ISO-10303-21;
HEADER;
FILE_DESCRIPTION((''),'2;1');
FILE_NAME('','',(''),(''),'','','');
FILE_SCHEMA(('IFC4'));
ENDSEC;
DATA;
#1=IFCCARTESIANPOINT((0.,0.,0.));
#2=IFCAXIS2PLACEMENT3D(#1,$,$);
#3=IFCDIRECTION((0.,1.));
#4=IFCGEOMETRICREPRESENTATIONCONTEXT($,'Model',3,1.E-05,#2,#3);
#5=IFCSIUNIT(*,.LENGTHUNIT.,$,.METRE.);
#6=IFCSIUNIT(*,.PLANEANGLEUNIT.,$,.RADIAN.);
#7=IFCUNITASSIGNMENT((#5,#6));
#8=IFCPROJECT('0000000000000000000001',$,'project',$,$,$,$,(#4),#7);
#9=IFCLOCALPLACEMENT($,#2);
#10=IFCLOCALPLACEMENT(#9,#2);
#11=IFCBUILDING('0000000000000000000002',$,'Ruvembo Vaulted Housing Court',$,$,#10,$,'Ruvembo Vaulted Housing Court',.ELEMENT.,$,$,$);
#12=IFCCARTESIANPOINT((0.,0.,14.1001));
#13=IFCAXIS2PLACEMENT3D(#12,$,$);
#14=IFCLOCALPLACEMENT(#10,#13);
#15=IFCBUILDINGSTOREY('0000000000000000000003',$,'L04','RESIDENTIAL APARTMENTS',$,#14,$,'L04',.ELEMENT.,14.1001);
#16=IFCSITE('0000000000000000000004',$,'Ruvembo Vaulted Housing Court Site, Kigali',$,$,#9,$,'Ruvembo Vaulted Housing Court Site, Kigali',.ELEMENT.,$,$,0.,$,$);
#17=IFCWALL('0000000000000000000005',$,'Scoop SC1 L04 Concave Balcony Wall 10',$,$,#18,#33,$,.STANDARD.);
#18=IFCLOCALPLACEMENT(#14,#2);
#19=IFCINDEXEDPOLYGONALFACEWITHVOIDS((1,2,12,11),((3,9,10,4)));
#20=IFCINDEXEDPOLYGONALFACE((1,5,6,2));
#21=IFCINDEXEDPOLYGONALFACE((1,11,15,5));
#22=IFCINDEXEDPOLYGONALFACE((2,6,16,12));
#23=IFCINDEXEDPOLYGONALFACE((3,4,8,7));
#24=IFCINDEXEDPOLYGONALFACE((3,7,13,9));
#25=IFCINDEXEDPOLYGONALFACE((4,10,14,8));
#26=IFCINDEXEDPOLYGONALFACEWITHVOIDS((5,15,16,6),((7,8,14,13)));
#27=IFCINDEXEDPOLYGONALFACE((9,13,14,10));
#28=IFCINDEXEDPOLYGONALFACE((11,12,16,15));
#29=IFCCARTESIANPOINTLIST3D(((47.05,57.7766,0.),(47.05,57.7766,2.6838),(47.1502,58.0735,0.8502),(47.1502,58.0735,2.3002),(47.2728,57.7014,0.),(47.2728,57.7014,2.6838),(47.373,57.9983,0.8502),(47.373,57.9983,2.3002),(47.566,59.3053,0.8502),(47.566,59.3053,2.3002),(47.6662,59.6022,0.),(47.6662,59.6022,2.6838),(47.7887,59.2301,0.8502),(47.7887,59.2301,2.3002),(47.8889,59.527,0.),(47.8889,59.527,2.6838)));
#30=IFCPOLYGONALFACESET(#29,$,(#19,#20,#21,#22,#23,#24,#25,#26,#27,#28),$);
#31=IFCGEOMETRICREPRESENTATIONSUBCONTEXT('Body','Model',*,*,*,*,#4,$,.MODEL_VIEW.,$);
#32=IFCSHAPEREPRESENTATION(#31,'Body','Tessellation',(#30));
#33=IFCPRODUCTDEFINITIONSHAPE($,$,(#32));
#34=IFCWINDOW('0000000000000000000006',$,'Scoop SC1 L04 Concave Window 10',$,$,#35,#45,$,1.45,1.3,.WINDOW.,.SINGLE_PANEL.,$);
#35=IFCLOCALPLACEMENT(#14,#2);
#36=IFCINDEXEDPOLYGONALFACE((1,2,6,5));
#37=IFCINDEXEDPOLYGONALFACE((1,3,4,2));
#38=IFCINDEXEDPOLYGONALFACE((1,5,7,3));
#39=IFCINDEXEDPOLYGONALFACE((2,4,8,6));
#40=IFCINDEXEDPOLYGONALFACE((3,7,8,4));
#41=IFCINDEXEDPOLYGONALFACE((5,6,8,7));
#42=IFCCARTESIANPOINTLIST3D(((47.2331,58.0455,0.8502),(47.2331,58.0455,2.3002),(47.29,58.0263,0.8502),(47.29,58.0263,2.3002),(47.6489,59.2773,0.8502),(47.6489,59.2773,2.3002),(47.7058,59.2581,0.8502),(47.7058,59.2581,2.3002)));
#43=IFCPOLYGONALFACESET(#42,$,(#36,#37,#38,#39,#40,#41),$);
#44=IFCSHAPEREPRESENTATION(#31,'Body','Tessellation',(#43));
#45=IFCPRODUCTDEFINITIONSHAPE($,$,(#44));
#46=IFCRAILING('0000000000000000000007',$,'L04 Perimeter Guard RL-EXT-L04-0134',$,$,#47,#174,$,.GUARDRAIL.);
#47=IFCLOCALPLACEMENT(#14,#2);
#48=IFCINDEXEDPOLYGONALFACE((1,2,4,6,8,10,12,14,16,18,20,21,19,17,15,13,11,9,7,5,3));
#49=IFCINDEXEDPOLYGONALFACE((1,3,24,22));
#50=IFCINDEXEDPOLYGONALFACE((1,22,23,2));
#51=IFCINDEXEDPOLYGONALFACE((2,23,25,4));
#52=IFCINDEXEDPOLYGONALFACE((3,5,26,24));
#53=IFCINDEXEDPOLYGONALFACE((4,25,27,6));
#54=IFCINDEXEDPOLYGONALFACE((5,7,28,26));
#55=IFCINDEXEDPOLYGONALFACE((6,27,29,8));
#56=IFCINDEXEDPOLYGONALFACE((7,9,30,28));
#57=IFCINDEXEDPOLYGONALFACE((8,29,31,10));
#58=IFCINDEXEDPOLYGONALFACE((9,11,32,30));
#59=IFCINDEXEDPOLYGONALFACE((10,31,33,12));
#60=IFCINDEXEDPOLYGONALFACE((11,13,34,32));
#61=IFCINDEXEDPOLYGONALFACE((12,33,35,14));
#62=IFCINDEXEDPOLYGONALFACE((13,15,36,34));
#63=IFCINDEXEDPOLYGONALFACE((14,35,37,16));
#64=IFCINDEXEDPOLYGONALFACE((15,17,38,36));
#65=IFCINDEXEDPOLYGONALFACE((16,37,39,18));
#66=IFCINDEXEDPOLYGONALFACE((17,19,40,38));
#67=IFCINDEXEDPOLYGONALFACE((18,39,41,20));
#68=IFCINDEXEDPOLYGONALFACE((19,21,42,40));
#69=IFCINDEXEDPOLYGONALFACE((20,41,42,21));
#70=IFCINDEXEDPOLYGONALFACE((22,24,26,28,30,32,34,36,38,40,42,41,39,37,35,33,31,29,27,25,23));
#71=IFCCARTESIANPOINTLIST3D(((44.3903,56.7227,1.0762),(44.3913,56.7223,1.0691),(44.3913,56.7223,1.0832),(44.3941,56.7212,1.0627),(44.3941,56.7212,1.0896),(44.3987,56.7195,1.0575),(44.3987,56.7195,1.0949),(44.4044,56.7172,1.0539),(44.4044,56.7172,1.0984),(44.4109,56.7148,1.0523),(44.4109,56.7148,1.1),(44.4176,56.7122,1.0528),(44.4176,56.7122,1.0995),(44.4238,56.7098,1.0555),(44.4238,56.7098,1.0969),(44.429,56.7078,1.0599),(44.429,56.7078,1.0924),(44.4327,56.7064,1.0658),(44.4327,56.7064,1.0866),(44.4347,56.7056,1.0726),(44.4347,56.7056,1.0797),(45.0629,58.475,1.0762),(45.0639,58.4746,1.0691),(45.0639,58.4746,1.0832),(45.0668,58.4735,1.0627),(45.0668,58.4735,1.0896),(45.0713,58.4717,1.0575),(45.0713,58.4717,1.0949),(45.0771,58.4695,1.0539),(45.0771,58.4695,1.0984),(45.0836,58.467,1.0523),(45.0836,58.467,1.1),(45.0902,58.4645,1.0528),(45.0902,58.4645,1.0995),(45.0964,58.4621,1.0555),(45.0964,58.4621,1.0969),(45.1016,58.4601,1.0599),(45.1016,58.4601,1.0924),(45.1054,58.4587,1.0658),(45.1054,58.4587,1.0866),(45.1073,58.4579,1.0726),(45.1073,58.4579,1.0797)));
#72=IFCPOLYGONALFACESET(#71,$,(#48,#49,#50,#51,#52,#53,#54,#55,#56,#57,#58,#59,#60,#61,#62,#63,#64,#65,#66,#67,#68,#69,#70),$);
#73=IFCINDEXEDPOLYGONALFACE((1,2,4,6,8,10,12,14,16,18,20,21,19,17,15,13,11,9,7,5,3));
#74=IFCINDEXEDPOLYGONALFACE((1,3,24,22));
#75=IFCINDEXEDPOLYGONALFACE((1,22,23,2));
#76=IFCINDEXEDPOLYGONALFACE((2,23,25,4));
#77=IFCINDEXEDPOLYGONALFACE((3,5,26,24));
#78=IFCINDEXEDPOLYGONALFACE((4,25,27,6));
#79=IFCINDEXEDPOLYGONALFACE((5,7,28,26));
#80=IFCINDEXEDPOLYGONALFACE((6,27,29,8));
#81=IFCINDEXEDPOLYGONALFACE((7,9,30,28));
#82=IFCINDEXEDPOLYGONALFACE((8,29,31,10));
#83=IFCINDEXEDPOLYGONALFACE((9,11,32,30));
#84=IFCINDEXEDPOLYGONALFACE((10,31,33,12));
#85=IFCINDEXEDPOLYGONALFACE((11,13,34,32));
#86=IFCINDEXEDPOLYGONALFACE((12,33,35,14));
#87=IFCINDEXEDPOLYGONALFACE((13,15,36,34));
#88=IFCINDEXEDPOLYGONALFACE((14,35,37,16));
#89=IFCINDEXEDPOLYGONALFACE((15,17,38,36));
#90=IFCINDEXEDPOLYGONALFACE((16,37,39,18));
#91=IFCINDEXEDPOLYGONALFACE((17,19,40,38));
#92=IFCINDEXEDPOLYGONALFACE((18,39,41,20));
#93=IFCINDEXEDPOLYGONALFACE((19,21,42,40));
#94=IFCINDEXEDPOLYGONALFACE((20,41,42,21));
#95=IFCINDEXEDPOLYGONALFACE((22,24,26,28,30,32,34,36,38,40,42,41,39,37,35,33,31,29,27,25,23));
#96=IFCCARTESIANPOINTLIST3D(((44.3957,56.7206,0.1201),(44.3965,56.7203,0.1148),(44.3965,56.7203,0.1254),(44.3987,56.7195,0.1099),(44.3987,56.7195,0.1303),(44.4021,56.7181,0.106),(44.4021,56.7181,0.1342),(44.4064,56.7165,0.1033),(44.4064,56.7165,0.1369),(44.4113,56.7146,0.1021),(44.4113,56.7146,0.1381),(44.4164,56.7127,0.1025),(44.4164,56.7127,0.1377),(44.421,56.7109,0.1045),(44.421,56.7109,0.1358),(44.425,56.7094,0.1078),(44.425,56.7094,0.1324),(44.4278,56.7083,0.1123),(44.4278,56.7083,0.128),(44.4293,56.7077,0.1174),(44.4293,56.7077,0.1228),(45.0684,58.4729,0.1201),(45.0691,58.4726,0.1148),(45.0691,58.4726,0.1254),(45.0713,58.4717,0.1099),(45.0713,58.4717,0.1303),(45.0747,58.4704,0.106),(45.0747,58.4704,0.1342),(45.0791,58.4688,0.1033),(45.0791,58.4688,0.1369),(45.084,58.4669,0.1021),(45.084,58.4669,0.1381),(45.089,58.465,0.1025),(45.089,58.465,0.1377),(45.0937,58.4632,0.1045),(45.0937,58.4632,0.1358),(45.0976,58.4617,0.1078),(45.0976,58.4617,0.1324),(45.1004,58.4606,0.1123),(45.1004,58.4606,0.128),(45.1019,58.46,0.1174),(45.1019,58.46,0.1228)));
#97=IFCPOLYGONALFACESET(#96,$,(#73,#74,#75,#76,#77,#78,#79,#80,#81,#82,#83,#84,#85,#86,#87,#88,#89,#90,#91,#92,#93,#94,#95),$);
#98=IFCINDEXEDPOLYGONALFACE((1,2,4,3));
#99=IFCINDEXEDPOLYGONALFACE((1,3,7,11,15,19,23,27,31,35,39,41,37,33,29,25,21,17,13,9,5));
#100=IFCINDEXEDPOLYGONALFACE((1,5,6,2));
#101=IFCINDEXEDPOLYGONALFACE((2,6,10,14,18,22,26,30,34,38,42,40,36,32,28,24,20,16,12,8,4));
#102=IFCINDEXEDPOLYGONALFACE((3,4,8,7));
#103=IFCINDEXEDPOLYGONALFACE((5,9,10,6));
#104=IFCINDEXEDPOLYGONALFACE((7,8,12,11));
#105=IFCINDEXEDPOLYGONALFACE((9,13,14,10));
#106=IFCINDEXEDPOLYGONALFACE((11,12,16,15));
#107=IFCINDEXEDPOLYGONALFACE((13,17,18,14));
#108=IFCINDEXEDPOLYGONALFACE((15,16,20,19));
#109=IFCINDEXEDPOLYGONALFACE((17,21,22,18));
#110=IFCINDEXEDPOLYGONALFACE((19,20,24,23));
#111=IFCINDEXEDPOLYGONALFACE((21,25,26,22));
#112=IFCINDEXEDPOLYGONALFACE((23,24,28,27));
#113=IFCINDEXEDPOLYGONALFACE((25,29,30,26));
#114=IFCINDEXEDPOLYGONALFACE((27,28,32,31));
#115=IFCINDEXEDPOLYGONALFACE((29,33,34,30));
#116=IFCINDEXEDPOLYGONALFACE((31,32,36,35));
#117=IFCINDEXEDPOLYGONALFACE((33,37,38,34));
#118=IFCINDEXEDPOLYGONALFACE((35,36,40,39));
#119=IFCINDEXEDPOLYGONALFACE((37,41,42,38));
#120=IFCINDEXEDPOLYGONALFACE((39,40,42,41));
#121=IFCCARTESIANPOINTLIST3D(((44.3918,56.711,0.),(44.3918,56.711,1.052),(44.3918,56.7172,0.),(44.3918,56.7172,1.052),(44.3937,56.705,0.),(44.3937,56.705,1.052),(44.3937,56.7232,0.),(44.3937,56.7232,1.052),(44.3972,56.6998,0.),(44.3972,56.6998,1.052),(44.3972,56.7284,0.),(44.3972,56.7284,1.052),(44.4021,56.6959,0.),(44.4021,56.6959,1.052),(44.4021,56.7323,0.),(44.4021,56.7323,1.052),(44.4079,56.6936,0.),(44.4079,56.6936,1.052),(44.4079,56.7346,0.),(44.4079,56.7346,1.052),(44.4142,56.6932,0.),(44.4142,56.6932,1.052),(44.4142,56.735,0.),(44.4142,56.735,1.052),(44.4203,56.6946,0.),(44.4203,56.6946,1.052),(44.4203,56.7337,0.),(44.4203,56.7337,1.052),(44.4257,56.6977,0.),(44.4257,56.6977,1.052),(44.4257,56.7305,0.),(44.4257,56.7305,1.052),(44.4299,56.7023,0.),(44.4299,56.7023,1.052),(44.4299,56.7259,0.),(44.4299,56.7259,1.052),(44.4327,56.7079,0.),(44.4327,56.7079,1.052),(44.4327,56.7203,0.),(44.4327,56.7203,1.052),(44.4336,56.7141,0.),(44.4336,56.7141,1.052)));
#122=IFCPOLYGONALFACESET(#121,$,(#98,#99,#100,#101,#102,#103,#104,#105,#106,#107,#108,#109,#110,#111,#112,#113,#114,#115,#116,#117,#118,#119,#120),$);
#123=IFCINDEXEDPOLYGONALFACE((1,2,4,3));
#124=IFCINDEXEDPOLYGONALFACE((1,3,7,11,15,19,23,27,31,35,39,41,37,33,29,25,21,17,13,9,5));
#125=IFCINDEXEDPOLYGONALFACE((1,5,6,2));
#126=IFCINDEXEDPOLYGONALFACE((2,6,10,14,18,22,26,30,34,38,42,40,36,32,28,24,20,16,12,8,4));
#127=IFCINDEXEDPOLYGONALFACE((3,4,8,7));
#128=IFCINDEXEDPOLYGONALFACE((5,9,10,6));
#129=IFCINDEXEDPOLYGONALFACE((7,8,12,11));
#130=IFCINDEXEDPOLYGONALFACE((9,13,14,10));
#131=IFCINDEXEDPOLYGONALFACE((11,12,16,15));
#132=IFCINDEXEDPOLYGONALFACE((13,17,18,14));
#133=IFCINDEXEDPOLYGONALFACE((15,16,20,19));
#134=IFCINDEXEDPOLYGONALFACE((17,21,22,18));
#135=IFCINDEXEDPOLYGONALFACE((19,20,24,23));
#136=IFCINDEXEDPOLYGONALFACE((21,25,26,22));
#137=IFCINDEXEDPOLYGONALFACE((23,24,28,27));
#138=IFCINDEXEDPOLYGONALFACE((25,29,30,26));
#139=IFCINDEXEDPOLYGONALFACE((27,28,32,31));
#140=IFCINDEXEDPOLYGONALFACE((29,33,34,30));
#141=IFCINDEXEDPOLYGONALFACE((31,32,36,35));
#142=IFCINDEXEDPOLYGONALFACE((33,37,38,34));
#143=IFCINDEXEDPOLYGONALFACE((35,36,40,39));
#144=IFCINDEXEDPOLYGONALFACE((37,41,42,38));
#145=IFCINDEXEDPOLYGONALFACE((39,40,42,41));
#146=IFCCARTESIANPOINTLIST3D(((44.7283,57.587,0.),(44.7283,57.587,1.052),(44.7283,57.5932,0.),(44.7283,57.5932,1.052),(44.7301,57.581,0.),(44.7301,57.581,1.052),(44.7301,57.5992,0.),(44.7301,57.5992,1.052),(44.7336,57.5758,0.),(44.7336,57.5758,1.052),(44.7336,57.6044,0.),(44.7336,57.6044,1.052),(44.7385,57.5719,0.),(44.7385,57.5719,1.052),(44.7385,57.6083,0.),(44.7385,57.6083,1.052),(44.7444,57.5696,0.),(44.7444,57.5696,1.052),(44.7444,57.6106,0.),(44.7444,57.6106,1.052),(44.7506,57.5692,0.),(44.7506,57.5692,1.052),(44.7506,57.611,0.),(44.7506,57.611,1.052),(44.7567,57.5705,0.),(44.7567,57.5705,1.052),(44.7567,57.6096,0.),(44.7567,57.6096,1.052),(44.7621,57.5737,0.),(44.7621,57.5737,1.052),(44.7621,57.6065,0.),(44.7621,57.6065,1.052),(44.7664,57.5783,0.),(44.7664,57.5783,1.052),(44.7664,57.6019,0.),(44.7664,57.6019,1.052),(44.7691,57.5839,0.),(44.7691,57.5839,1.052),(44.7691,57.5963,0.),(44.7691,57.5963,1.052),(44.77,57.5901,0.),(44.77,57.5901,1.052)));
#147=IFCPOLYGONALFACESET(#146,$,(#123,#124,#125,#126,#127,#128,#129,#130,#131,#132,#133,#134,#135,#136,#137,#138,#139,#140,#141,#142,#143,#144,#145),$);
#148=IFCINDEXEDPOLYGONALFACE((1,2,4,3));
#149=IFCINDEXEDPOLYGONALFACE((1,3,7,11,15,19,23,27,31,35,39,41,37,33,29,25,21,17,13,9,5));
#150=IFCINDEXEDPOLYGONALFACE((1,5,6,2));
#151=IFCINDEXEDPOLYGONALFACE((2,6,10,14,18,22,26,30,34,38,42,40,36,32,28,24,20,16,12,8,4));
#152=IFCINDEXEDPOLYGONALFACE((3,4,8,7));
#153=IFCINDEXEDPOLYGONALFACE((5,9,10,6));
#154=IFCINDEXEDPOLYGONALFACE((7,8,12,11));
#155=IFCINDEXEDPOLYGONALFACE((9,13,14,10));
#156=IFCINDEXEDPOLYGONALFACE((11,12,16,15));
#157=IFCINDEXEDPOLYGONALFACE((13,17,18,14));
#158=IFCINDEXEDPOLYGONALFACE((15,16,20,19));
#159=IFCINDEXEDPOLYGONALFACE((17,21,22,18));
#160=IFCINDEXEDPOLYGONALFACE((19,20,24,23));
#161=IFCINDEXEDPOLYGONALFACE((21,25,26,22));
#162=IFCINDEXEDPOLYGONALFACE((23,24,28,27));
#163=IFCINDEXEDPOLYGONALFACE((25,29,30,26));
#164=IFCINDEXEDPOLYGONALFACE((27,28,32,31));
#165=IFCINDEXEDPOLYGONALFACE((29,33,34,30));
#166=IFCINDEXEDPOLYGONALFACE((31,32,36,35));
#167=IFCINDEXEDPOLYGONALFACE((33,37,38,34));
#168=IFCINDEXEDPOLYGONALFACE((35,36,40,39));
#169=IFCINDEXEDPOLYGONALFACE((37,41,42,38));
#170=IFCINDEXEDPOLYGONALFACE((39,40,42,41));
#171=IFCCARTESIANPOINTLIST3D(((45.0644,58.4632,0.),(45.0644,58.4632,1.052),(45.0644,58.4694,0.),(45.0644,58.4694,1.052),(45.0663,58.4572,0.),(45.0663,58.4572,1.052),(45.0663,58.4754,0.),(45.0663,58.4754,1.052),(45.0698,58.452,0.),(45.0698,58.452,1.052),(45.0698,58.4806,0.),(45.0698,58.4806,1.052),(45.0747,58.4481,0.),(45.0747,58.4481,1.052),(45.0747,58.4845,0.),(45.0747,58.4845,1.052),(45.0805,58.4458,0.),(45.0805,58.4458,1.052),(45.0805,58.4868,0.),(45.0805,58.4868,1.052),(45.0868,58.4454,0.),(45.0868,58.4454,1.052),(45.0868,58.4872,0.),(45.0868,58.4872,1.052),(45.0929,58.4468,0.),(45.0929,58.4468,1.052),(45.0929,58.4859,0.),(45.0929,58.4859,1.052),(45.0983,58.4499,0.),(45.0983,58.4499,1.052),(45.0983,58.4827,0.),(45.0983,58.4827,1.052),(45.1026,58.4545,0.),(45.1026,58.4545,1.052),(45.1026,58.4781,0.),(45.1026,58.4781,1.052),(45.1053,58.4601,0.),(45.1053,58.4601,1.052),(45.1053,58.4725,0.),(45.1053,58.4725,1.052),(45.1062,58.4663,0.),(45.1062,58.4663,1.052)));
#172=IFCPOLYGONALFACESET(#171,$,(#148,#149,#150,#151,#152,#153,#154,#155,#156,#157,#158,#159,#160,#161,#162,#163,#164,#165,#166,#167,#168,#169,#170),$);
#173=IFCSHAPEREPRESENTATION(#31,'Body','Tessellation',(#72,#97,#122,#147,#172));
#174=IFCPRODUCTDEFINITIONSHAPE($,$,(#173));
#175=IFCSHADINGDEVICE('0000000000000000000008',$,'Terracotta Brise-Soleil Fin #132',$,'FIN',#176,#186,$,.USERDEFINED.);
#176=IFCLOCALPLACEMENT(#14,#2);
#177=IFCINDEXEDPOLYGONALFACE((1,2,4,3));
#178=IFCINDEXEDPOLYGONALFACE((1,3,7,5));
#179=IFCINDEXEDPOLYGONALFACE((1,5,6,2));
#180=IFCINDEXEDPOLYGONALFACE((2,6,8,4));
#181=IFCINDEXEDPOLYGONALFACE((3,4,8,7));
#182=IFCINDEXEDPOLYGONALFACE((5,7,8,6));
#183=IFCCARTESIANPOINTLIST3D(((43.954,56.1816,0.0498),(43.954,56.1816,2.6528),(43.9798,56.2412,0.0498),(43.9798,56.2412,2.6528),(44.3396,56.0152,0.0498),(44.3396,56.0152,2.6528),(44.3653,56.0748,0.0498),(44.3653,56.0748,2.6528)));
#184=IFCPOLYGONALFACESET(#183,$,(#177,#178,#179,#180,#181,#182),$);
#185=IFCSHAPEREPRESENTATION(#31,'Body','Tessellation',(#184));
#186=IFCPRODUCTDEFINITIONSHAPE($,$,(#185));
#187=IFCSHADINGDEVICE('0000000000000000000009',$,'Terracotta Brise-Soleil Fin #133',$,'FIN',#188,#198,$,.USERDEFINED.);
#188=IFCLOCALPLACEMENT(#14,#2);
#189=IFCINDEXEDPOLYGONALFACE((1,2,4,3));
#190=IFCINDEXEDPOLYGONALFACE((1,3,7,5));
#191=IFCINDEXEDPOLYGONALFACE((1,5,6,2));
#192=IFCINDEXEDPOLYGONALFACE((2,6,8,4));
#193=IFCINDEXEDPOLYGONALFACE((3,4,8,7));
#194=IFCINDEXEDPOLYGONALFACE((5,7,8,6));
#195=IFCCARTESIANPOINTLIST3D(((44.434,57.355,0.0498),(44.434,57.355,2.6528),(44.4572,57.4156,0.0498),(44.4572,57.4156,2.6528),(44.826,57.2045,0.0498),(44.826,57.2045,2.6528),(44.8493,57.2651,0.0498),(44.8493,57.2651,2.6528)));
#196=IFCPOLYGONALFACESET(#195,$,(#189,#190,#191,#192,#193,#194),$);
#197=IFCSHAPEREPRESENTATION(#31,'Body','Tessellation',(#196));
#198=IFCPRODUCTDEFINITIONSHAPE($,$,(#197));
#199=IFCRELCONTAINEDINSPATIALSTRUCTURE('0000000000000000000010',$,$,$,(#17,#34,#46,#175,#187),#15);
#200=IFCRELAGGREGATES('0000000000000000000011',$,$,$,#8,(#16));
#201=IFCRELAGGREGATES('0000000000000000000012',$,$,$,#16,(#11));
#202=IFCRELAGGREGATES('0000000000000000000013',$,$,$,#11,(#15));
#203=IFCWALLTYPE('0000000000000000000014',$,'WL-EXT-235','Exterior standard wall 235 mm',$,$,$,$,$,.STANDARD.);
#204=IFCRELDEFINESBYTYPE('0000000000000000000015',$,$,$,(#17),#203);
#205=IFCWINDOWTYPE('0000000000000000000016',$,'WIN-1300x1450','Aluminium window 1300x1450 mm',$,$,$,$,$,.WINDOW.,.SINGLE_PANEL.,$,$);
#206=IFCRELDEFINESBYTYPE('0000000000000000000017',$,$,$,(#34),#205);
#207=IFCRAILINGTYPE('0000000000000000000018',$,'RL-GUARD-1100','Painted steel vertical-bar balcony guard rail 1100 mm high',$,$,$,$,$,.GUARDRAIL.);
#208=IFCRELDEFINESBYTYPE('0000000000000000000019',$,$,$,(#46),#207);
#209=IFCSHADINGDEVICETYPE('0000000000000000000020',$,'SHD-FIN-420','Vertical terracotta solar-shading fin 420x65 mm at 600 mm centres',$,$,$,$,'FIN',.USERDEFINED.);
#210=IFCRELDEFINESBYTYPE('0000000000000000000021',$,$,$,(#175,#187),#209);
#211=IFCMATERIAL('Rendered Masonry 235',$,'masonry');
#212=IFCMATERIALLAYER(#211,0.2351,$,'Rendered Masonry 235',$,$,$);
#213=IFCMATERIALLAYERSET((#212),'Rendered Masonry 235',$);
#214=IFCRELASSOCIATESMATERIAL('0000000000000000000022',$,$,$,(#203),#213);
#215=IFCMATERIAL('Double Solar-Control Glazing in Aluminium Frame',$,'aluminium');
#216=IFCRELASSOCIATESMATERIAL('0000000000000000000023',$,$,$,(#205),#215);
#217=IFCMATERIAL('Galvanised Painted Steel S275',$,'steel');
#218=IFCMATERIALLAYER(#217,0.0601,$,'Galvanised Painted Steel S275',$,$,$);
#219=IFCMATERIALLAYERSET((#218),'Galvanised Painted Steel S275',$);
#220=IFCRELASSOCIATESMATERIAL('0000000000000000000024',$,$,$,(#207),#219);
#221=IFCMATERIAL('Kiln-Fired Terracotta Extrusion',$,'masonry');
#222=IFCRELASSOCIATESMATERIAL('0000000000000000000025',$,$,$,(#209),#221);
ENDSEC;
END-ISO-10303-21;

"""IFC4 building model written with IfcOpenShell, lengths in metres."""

from ifc_helpers import new_model, si_unit, direction, frame, frame_2d, origin, origin_2d, place, context, subcontext, project, spatial, rectangle, circle, extrude, material, layer, layer_set, type_object, element, fill, save


model = new_model("IFC4")

# Units and contexts
model_context = context("Model", 3, precision=1e-05, world=origin(), true_north=direction((0.0, 1.0)))
body_context = subcontext(model_context, "Body", "Model", "MODEL_VIEW")
ifc_project = project(units=[si_unit("LENGTHUNIT", "METRE"), si_unit("PLANEANGLEUNIT", "RADIAN")], contexts=[model_context])

# Site, building, storey
site_placement = place(None, origin())
site = spatial("IfcSite", under=ifc_project, at=site_placement, Name="Ruvembo Vaulted Housing Court Site, Kigali", LongName="Ruvembo Vaulted Housing Court Site, Kigali", CompositionType="ELEMENT", RefElevation=0.0)
building_placement = place(site_placement, origin())
building = spatial("IfcBuilding", under=site, at=building_placement, Name="Ruvembo Vaulted Housing Court", LongName="Ruvembo Vaulted Housing Court", CompositionType="ELEMENT")
storey_placement = place(building_placement, frame((0.0, 0.0, 14.1001)))
storey = spatial("IfcBuildingStorey", under=building, at=storey_placement, Name="L04", Description="RESIDENTIAL APARTMENTS", LongName="L04", CompositionType="ELEMENT", Elevation=14.1001)

# Wall, opening, window
ifc_material_1 = material(Name="Rendered Masonry 235", Category="masonry")
ifc_layer_1 = layer(ifc_material_1, 0.2351, Name="Rendered Masonry 235")
ifc_layer_set_1 = layer_set([ifc_layer_1], Name="Rendered Masonry 235")
wall_type_1 = type_object("IfcWallType", Name="WL-EXT-235", Description="Exterior standard wall 235 mm", PredefinedType="STANDARD", material=ifc_layer_set_1)
ifc_material_2 = material(Name="Double Solar-Control Glazing in Aluminium Frame", Category="aluminium")
wall_1_placement = place(storey_placement, frame((47.1614, 57.739, 0.0), z_axis=(0.0, 0.0, 1.0), x_axis=(0.319799, 0.947486, 0.0)))
wall_1 = element("IfcWall", 1, at=wall_1_placement, inside=storey, type_object=wall_type_1, Name="Scoop SC1 L04 Concave Balcony Wall 10", PredefinedType="STANDARD", context=body_context, shape_type="SweptSolid", body=[
    extrude(rectangle(XDim=1.9268, YDim=0.2351, at=frame_2d((0.9634, 0.0))), origin(), (0.0, 0.0, 1.0), 2.6838),
])
opening_1_placement = place(wall_1_placement, frame((0.3135, 0.0, 0.8501)))
opening_1 = element("IfcOpeningElement", 2, at=opening_1_placement, cuts=wall_1, PredefinedType="OPENING", context=body_context, shape_type="SweptSolid", body=[
    extrude(rectangle(XDim=1.3, YDim=1.45, at=frame_2d((0.6499, 0.7251))), frame((0.0, 0.1274, 0.0), z_axis=(0.0, -1.0, 0.0), x_axis=(1.0, 0.0, 0.0)), (0.0, 0.0, 1.0), 0.2551),
])
window_type_1 = type_object("IfcWindowType", Name="WIN-1300x1450", Description="Aluminium window 1300x1450 mm", PartitioningType="SINGLE_PANEL", PredefinedType="WINDOW", material=ifc_material_2)
window_1_placement = place(opening_1_placement, origin())
window_1 = element("IfcWindow", 3, at=window_1_placement, inside=storey, type_object=window_type_1, Name="Scoop SC1 L04 Concave Window 10", OverallHeight=1.45, OverallWidth=1.3, PartitioningType="SINGLE_PANEL", PredefinedType="WINDOW", context=body_context, shape_type="SweptSolid", body=[
    extrude(rectangle(XDim=1.3, YDim=1.45, at=frame_2d((0.6499, 0.7251))), frame((0.0, 0.03, 0.0), z_axis=(0.0, -1.0, 0.0), x_axis=(1.0, 0.0, 0.0)), (0.0, 0.0, 1.0), 0.0601),
])
fill(opening_1, window_1)

# Railing
ifc_material_3 = material(Name="Galvanised Painted Steel S275", Category="steel")
ifc_layer_2 = layer(ifc_material_3, 0.0601, Name="Galvanised Painted Steel S275")
ifc_layer_set_2 = layer_set([ifc_layer_2], Name="Galvanised Painted Steel S275")
railing_type = type_object("IfcRailingType", Name="RL-GUARD-1100", Description="Painted steel vertical-bar balcony guard rail 1100 mm high", PredefinedType="GUARDRAIL", material=ifc_layer_set_2)
railing_placement = place(storey_placement, frame((44.4126, 56.7141, 0.0)))
element("IfcRailing", 4, at=railing_placement, inside=storey, type_object=railing_type, Name="L04 Perimeter Guard RL-EXT-L04-0134", PredefinedType="GUARDRAIL", context=body_context, shape_type="SweptSolid", body=[
    extrude(circle(Radius=0.0239, at=origin_2d()), frame((0.0, 0.0, 1.0762), z_axis=(0.358369, 0.93358, 0.0), x_axis=(-0.93358, 0.358369, 0.0)), (0.0, 0.0, 1.0), 1.877),
    extrude(circle(Radius=0.0181, at=origin_2d()), frame((0.0, 0.0, 0.1201), z_axis=(0.358369, 0.93358, 0.0), x_axis=(-0.93358, 0.358369, 0.0)), (0.0, 0.0, 1.0), 1.877),
    extrude(circle(Radius=0.021, at=origin_2d()), origin(), (0.0, 0.0, 1.0), 1.052),
    extrude(circle(Radius=0.021, at=origin_2d()), frame((0.3364, 0.876, 0.0)), (0.0, 0.0, 1.0), 1.052),
    extrude(circle(Radius=0.021, at=origin_2d()), frame((0.6726, 1.7522, 0.0)), (0.0, 0.0, 1.0), 1.052),
])

# Shading devices
ifc_material_4 = material(Name="Kiln-Fired Terracotta Extrusion", Category="masonry")
shading_device_type = type_object("IfcShadingDeviceType", Name="SHD-FIN-420", Description="Vertical terracotta solar-shading fin 420x65 mm at 600 mm centres", ElementType="FIN", PredefinedType="USERDEFINED", material=ifc_material_4)
for number, where, z_axis, x_axis, name in (
    (5, (44.1597, 56.1282, 0.0498), (0.0, 0.0, 1.0), (0.918122, -0.396299, 0.0), "Terracotta Brise-Soleil Fin #132"),
    (6, (44.6416, 57.3101, 0.0498), (0.0, 0.0, 1.0), (0.933568, -0.358401, 0.0), "Terracotta Brise-Soleil Fin #133"),
):
    element("IfcShadingDevice", number, at=place(storey_placement, frame(where, z_axis=z_axis, x_axis=x_axis)), inside=storey, type_object=shading_device_type, Name=name, ObjectType="FIN", PredefinedType="USERDEFINED", context=body_context, shape_type="SweptSolid", body=[
        extrude(rectangle(XDim=0.4199, YDim=0.0649, at=origin_2d()), origin(), (0.0, 0.0, 1.0), 2.603),
    ])

save(model, "model.ifc")
